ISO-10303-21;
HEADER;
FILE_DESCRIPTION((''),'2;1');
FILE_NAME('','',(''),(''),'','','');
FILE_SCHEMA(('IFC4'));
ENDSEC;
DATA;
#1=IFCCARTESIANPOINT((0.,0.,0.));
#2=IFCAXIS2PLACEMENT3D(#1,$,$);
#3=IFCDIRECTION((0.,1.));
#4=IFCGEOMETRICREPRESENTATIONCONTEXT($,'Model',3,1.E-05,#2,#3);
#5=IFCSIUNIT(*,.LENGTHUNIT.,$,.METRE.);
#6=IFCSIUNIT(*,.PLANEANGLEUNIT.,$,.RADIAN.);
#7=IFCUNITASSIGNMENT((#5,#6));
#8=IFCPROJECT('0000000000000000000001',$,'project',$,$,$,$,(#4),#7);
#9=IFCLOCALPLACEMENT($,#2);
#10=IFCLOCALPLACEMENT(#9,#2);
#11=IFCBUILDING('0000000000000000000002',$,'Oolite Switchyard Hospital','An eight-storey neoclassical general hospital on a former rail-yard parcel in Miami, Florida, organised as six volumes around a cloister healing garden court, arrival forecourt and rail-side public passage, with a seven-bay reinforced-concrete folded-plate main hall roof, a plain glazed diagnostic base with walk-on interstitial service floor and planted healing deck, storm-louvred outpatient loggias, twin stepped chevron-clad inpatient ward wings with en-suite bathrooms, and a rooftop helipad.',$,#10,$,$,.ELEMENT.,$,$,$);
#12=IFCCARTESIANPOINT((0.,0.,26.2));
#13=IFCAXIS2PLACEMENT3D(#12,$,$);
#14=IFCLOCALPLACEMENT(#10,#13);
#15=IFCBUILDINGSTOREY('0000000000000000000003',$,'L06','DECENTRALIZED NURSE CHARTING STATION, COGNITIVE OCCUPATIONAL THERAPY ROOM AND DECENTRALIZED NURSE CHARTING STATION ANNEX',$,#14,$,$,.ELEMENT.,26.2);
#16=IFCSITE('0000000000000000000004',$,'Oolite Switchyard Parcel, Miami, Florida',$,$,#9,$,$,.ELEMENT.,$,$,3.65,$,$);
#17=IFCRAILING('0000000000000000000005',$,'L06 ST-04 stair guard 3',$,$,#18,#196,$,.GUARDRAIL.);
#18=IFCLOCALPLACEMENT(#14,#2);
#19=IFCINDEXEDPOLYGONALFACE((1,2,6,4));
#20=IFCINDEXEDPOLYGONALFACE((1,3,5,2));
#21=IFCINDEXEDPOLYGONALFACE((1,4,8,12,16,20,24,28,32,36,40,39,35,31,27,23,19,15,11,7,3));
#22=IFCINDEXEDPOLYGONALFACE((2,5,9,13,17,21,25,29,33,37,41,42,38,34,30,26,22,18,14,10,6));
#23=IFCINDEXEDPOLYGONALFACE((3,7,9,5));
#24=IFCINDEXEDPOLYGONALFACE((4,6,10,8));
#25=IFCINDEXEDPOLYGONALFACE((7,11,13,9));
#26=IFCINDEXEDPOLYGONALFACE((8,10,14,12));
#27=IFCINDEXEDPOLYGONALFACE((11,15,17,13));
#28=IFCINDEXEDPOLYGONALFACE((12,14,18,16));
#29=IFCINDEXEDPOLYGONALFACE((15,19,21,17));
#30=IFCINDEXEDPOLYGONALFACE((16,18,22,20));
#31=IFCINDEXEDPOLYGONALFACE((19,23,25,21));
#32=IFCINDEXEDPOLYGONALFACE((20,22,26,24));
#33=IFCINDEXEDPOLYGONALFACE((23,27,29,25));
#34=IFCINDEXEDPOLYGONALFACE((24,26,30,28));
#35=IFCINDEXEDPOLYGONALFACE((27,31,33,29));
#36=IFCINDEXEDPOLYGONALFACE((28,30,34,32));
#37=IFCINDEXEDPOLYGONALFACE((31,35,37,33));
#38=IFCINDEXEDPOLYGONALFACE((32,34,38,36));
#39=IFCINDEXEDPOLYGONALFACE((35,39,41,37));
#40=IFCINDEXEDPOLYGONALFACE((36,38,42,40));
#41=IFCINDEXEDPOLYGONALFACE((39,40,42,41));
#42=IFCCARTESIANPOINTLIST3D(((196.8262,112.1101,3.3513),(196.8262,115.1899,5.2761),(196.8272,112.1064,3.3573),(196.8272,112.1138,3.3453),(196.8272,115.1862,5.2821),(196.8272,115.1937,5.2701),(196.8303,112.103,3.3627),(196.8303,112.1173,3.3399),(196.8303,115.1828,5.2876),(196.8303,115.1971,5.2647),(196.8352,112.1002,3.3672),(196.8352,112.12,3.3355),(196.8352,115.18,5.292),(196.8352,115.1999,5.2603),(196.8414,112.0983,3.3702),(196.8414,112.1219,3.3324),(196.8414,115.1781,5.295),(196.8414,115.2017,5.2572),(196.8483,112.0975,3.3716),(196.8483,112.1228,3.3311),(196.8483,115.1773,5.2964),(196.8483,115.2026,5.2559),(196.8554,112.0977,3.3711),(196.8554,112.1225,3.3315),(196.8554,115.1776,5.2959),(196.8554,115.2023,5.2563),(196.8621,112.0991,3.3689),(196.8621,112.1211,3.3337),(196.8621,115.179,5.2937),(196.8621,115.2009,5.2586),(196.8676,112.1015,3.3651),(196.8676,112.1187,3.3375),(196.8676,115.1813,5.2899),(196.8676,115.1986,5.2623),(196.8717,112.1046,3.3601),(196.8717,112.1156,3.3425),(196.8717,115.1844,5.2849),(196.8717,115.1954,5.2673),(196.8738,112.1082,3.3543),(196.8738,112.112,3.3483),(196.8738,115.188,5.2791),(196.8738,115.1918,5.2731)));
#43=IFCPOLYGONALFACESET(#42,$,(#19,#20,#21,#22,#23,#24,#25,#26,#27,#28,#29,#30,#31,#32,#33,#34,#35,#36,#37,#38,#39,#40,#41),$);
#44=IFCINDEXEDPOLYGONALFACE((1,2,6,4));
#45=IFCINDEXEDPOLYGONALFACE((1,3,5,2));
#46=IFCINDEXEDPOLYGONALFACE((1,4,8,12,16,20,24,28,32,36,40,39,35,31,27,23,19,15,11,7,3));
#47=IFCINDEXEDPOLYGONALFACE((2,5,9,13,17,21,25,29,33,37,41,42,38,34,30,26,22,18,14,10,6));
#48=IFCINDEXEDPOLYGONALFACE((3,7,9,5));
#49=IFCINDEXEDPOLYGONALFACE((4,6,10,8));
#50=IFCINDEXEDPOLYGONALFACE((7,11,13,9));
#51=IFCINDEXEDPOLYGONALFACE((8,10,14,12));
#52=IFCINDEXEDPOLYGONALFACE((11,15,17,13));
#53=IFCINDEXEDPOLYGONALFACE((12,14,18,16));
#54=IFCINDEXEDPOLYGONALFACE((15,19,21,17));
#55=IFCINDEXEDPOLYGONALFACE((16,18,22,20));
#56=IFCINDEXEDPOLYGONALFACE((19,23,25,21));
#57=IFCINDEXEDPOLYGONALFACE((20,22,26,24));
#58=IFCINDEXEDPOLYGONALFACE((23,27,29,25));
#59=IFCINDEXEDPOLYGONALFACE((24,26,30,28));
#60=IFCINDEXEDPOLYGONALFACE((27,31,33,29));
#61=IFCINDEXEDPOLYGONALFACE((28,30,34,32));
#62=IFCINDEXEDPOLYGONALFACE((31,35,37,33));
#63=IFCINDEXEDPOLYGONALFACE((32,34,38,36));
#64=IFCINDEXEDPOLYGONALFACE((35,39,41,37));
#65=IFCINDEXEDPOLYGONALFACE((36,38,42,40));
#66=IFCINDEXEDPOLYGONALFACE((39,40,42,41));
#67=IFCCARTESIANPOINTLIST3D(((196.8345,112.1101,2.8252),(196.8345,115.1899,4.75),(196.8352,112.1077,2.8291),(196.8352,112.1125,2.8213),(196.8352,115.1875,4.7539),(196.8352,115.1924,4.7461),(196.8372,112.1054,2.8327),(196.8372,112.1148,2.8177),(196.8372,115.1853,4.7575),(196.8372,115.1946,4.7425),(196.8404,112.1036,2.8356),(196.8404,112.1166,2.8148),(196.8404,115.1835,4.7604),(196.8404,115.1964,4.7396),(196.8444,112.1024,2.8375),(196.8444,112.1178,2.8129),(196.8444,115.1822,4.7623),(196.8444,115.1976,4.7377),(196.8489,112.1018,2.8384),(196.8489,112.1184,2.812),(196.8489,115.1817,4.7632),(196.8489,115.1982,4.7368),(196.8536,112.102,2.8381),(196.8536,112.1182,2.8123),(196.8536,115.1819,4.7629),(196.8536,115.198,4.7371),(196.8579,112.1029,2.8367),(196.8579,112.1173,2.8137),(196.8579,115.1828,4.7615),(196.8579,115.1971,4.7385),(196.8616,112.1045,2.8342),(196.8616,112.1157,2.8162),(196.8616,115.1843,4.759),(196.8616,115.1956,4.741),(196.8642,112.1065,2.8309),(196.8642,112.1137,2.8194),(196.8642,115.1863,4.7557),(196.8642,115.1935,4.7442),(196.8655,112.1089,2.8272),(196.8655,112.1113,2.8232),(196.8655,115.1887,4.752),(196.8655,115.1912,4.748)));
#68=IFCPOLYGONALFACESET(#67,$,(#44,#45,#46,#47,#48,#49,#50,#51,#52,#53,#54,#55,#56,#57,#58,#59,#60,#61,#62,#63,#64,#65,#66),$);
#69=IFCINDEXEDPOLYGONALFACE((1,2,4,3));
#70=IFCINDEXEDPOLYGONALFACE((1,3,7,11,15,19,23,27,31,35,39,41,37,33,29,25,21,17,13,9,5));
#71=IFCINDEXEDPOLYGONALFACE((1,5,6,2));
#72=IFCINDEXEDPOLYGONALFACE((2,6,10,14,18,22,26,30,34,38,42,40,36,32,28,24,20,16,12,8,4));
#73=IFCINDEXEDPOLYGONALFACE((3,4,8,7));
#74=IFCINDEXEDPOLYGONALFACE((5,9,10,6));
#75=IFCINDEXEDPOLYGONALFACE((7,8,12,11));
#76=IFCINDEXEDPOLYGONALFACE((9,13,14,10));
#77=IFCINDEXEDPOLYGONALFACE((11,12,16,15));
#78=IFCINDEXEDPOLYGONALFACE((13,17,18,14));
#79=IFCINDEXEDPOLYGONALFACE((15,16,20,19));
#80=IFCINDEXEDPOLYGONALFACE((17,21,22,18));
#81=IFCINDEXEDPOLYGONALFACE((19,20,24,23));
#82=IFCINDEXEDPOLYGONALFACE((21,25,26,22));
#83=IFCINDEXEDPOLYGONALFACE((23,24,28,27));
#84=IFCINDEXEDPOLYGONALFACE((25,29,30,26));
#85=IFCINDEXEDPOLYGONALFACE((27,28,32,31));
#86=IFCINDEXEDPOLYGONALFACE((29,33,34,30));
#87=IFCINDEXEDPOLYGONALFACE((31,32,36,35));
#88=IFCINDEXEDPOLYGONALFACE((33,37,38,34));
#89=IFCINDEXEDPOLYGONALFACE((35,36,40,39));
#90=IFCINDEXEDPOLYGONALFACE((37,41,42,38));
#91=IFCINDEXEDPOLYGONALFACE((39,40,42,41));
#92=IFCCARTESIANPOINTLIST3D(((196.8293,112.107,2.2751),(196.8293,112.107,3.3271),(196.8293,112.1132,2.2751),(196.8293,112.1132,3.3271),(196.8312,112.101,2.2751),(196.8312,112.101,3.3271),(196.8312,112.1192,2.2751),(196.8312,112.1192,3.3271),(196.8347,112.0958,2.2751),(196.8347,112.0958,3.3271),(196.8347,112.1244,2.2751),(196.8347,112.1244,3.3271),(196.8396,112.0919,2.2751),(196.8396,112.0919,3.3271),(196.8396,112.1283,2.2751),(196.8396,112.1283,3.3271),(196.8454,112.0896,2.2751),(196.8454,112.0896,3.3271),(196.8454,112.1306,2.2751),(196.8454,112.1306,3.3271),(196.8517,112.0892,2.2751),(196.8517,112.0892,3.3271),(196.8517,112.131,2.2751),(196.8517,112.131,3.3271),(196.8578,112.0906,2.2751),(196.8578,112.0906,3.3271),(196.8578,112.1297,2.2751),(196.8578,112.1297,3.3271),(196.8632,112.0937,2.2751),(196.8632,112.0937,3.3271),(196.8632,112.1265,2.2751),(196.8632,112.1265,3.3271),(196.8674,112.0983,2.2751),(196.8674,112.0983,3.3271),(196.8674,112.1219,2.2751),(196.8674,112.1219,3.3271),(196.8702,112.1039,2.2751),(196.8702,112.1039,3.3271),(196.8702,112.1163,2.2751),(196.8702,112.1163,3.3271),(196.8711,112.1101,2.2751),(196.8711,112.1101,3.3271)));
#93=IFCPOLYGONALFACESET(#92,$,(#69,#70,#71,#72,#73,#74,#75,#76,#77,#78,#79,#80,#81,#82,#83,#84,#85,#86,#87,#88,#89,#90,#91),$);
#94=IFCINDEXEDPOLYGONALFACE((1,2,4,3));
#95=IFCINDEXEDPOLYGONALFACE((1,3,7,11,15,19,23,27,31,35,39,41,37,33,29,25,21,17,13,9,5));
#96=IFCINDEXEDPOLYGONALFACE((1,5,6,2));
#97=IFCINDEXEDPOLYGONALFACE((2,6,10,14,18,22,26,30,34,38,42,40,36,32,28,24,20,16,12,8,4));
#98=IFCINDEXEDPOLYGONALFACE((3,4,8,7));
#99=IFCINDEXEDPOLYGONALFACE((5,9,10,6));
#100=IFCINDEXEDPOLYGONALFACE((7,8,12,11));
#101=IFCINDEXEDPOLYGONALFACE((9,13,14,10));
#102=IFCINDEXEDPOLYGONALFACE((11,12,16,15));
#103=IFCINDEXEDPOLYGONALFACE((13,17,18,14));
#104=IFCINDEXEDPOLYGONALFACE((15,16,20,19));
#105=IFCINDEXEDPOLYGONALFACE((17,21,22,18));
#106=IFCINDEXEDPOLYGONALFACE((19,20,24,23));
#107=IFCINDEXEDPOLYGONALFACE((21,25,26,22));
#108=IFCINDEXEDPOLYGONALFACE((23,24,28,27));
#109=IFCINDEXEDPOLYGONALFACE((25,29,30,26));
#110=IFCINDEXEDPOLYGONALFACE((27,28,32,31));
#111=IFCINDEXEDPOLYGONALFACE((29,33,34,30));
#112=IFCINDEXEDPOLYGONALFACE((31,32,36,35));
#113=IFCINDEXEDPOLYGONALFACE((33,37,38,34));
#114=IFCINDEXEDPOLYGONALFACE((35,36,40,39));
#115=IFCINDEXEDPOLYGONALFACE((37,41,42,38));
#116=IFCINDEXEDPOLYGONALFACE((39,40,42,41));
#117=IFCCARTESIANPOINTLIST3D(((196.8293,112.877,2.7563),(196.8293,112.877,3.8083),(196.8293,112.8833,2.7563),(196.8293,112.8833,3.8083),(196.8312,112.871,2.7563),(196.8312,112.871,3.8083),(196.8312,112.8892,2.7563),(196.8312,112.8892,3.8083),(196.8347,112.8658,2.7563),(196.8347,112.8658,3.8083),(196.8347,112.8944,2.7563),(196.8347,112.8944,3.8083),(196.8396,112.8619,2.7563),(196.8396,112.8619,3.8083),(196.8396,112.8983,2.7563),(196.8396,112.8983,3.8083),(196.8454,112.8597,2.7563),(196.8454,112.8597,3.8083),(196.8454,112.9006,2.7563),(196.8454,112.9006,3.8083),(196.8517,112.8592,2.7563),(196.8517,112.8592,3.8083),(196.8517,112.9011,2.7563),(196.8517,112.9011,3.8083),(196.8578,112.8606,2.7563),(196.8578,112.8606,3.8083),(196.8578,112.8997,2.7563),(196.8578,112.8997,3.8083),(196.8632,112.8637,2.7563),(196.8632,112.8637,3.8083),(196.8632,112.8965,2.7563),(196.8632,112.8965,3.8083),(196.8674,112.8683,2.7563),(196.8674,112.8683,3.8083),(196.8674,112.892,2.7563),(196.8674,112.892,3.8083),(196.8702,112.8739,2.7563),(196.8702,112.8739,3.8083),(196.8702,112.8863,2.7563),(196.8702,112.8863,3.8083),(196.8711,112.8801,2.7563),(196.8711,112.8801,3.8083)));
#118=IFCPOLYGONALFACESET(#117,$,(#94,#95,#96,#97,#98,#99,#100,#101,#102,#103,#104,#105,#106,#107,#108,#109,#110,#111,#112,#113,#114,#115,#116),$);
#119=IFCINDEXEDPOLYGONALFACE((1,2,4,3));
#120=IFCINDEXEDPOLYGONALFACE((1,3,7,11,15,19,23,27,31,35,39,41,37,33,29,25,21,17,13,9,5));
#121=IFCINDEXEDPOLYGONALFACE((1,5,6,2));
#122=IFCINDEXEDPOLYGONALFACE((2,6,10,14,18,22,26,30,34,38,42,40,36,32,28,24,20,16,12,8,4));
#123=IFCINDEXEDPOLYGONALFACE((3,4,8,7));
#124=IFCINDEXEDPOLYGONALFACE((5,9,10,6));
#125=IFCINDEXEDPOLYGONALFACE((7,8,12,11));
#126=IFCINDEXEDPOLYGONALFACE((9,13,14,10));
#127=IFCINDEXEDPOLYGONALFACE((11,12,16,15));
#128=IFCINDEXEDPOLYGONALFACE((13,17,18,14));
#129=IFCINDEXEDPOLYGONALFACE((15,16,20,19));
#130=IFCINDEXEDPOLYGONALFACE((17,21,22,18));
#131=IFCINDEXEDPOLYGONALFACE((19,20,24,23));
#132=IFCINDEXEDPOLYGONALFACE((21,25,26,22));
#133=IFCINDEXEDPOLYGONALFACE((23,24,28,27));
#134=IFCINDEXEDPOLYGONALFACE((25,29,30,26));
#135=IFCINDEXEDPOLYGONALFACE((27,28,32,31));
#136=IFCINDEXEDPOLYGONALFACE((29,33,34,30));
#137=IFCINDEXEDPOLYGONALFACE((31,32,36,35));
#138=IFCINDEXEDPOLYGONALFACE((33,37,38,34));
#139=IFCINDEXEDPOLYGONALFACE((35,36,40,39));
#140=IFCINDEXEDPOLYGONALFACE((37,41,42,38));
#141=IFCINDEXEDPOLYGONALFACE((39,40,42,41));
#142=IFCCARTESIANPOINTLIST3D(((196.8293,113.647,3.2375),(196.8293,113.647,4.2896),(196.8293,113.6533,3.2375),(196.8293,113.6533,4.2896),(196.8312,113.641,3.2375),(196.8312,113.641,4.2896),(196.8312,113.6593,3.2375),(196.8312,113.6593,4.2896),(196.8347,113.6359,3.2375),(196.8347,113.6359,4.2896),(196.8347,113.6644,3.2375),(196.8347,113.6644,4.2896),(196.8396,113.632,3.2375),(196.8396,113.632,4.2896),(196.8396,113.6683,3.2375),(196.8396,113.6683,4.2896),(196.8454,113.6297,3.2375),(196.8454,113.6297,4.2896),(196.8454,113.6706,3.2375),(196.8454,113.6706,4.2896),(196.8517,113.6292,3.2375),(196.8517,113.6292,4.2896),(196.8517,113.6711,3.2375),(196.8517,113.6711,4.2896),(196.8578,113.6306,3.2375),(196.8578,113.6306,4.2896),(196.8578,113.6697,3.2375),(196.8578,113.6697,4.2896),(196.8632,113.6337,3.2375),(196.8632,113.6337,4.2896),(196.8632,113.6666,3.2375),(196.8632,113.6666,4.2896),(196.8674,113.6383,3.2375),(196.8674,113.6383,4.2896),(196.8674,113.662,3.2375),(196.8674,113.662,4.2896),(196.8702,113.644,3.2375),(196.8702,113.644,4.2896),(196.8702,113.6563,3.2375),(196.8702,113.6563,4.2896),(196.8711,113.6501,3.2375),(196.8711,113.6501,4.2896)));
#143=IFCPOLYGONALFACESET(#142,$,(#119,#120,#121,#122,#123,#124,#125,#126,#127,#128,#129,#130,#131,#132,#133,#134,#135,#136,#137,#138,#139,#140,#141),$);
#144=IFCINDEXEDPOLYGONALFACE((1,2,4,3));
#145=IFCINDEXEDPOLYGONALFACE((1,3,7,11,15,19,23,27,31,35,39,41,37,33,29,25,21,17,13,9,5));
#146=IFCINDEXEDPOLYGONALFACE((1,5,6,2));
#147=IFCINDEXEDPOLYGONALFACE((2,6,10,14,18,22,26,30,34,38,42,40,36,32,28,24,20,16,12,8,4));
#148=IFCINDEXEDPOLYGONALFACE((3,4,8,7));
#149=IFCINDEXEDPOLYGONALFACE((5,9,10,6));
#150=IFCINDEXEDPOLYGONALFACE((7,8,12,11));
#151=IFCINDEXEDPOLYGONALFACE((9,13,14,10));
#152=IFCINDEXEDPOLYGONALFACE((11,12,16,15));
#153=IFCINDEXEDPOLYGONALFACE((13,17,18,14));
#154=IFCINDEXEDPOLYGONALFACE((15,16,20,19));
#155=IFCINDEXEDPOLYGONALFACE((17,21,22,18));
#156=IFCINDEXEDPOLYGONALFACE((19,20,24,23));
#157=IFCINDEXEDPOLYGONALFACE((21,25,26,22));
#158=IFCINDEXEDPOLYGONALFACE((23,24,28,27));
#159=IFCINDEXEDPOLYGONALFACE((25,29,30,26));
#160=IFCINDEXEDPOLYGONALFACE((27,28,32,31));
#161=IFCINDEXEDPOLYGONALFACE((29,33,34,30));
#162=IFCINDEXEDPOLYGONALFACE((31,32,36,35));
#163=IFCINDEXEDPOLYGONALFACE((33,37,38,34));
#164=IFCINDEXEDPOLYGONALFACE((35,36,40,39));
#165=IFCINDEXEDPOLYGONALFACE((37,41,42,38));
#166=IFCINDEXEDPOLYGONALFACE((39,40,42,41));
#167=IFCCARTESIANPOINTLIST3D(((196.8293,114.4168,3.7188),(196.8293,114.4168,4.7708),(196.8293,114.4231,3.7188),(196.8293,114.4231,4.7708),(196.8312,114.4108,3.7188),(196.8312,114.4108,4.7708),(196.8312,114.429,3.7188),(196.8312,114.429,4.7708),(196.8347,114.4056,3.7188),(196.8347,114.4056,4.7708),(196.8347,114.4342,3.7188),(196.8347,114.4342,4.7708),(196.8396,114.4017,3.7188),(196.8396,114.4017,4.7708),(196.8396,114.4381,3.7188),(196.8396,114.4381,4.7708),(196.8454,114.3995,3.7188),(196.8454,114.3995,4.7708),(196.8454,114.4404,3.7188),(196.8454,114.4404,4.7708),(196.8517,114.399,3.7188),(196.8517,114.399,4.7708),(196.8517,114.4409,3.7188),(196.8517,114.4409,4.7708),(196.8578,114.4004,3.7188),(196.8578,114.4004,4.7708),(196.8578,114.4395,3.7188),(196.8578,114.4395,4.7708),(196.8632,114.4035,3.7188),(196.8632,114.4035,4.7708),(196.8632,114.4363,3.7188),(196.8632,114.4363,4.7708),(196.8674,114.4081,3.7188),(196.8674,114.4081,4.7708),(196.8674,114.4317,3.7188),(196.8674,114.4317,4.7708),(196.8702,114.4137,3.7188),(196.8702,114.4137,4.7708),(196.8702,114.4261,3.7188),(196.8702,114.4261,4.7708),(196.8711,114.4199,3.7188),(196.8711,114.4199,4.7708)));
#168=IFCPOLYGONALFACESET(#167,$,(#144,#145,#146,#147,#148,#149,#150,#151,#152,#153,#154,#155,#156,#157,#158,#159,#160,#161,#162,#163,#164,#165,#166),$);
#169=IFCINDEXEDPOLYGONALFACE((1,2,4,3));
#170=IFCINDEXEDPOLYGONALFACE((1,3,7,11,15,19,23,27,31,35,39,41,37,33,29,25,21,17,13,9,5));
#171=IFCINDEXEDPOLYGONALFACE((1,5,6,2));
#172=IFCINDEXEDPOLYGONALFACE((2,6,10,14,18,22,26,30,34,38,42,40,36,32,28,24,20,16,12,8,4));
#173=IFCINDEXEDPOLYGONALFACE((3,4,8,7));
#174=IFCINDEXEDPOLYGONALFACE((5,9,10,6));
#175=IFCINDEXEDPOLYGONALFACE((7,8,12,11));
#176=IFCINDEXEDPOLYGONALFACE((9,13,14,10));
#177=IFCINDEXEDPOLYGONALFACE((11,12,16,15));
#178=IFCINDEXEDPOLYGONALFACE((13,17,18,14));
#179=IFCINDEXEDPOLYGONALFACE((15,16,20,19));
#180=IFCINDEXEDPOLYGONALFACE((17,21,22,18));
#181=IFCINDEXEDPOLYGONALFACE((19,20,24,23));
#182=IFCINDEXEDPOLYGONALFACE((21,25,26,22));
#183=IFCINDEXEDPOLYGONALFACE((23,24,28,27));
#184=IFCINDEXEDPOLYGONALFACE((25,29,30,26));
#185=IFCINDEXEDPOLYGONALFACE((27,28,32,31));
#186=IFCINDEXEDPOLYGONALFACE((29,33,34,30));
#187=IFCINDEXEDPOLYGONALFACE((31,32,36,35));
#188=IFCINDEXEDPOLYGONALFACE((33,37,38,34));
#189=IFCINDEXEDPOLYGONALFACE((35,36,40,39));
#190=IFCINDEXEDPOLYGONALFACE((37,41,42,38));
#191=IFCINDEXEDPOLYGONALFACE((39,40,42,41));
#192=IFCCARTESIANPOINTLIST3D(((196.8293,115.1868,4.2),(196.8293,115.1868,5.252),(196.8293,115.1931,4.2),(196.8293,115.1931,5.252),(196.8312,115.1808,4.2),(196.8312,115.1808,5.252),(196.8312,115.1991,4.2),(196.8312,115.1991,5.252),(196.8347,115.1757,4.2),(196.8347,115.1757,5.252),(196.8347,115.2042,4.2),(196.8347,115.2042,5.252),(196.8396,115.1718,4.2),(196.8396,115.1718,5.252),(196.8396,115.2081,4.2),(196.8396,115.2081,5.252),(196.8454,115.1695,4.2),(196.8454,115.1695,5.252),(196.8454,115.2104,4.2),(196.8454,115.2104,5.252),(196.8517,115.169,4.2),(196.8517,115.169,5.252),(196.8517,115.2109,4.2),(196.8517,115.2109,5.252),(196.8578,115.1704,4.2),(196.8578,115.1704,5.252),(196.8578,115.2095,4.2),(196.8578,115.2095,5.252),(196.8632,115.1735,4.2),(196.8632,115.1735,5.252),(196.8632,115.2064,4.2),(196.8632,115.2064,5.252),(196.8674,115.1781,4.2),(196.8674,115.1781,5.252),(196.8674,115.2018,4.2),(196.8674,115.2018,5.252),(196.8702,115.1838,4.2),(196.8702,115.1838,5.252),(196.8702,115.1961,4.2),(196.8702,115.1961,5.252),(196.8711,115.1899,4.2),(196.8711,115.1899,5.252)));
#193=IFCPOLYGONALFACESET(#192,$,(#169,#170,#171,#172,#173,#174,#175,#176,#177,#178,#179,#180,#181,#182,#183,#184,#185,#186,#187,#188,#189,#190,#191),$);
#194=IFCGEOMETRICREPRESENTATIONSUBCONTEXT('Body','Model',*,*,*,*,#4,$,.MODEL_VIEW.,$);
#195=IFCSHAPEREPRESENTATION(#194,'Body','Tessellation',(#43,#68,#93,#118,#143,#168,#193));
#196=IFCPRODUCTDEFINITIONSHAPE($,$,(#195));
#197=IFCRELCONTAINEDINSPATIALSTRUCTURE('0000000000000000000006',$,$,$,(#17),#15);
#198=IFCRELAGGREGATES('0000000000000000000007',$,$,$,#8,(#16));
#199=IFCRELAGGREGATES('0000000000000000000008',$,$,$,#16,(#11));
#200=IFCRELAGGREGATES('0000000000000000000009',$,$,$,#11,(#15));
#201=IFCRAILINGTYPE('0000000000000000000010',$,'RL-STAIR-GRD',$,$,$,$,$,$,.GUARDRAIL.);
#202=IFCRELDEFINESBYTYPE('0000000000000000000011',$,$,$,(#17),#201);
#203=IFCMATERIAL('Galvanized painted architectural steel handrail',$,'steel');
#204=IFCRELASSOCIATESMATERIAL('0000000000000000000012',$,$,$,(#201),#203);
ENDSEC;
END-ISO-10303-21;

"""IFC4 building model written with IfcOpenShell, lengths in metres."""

from ifc_helpers import new_model, si_unit, direction, frame, origin, origin_2d, place, context, subcontext, project, spatial, circle, extrude, material, type_object, element, save


model = new_model("IFC4")

# Units and contexts
model_context = context("Model", 3, precision=1e-05, world=origin(), true_north=direction((0.0, 1.0)))
body_context = subcontext(model_context, "Body", "Model", "MODEL_VIEW")
ifc_project = project(units=[si_unit("LENGTHUNIT", "METRE"), si_unit("PLANEANGLEUNIT", "RADIAN")], contexts=[model_context])

# Site, building, storey
site_placement = place(None, origin())
site = spatial("IfcSite", under=ifc_project, at=site_placement, Name="Oolite Switchyard Parcel, Miami, Florida", CompositionType="ELEMENT", RefElevation=3.65)
building_placement = place(site_placement, origin())
building = spatial("IfcBuilding", under=site, at=building_placement, Name="Oolite Switchyard Hospital", Description="An eight-storey neoclassical general hospital on a former rail-yard parcel in Miami, Florida, organised as six volumes around a cloister healing garden court, arrival forecourt and rail-side public passage, with a seven-bay reinforced-concrete folded-plate main hall roof, a plain glazed diagnostic base with walk-on interstitial service floor and planted healing deck, storm-louvred outpatient loggias, twin stepped chevron-clad inpatient ward wings with en-suite bathrooms, and a rooftop helipad.", CompositionType="ELEMENT")
storey_placement = place(building_placement, frame((0.0, 0.0, 26.2)))
storey = spatial("IfcBuildingStorey", under=building, at=storey_placement, Name="L06", Description="DECENTRALIZED NURSE CHARTING STATION, COGNITIVE OCCUPATIONAL THERAPY ROOM AND DECENTRALIZED NURSE CHARTING STATION ANNEX", CompositionType="ELEMENT", Elevation=26.2)

# Railing
ifc_material_1 = material(Name="Galvanized painted architectural steel handrail", Category="steel")
railing_type_1 = type_object("IfcRailingType", Name="RL-STAIR-GRD", PredefinedType="GUARDRAIL", material=ifc_material_1)
railing_1_placement = place(storey_placement, frame((196.8501, 112.1101, 2.2751)))
element("IfcRailing", 1, at=railing_1_placement, inside=storey, type_object=railing_type_1, Name="L06 ST-04 stair guard 3", PredefinedType="GUARDRAIL", context=body_context, shape_type="SweptSolid", body=[
    extrude(circle(Radius=0.0239, at=origin_2d()), frame((0.0, 0.0, 1.0762), z_axis=(0.0, 0.84801, 0.529981), x_axis=(-1.0, 0.0, 0.0)), (0.0, 0.0, 1.0), 3.6318),
    extrude(circle(Radius=0.0156, at=origin_2d()), frame((0.0, 0.0, 0.55), z_axis=(0.0, 0.84801, 0.529981), x_axis=(-1.0, 0.0, 0.0)), (0.0, 0.0, 1.0), 3.6318),
    extrude(circle(Radius=0.021, at=origin_2d()), origin(), (0.0, 0.0, 1.0), 1.052),
    extrude(circle(Radius=0.021, at=origin_2d()), frame((0.0, 0.77, 0.4812)), (0.0, 0.0, 1.0), 1.052),
    extrude(circle(Radius=0.021, at=origin_2d()), frame((0.0, 1.54, 0.9624)), (0.0, 0.0, 1.0), 1.052),
    extrude(circle(Radius=0.021, at=origin_2d()), frame((0.0, 2.3098, 1.4436)), (0.0, 0.0, 1.0), 1.052),
    extrude(circle(Radius=0.021, at=origin_2d()), frame((0.0, 3.0798, 1.9248)), (0.0, 0.0, 1.0), 1.052),
])

save(model, "model.ifc")
